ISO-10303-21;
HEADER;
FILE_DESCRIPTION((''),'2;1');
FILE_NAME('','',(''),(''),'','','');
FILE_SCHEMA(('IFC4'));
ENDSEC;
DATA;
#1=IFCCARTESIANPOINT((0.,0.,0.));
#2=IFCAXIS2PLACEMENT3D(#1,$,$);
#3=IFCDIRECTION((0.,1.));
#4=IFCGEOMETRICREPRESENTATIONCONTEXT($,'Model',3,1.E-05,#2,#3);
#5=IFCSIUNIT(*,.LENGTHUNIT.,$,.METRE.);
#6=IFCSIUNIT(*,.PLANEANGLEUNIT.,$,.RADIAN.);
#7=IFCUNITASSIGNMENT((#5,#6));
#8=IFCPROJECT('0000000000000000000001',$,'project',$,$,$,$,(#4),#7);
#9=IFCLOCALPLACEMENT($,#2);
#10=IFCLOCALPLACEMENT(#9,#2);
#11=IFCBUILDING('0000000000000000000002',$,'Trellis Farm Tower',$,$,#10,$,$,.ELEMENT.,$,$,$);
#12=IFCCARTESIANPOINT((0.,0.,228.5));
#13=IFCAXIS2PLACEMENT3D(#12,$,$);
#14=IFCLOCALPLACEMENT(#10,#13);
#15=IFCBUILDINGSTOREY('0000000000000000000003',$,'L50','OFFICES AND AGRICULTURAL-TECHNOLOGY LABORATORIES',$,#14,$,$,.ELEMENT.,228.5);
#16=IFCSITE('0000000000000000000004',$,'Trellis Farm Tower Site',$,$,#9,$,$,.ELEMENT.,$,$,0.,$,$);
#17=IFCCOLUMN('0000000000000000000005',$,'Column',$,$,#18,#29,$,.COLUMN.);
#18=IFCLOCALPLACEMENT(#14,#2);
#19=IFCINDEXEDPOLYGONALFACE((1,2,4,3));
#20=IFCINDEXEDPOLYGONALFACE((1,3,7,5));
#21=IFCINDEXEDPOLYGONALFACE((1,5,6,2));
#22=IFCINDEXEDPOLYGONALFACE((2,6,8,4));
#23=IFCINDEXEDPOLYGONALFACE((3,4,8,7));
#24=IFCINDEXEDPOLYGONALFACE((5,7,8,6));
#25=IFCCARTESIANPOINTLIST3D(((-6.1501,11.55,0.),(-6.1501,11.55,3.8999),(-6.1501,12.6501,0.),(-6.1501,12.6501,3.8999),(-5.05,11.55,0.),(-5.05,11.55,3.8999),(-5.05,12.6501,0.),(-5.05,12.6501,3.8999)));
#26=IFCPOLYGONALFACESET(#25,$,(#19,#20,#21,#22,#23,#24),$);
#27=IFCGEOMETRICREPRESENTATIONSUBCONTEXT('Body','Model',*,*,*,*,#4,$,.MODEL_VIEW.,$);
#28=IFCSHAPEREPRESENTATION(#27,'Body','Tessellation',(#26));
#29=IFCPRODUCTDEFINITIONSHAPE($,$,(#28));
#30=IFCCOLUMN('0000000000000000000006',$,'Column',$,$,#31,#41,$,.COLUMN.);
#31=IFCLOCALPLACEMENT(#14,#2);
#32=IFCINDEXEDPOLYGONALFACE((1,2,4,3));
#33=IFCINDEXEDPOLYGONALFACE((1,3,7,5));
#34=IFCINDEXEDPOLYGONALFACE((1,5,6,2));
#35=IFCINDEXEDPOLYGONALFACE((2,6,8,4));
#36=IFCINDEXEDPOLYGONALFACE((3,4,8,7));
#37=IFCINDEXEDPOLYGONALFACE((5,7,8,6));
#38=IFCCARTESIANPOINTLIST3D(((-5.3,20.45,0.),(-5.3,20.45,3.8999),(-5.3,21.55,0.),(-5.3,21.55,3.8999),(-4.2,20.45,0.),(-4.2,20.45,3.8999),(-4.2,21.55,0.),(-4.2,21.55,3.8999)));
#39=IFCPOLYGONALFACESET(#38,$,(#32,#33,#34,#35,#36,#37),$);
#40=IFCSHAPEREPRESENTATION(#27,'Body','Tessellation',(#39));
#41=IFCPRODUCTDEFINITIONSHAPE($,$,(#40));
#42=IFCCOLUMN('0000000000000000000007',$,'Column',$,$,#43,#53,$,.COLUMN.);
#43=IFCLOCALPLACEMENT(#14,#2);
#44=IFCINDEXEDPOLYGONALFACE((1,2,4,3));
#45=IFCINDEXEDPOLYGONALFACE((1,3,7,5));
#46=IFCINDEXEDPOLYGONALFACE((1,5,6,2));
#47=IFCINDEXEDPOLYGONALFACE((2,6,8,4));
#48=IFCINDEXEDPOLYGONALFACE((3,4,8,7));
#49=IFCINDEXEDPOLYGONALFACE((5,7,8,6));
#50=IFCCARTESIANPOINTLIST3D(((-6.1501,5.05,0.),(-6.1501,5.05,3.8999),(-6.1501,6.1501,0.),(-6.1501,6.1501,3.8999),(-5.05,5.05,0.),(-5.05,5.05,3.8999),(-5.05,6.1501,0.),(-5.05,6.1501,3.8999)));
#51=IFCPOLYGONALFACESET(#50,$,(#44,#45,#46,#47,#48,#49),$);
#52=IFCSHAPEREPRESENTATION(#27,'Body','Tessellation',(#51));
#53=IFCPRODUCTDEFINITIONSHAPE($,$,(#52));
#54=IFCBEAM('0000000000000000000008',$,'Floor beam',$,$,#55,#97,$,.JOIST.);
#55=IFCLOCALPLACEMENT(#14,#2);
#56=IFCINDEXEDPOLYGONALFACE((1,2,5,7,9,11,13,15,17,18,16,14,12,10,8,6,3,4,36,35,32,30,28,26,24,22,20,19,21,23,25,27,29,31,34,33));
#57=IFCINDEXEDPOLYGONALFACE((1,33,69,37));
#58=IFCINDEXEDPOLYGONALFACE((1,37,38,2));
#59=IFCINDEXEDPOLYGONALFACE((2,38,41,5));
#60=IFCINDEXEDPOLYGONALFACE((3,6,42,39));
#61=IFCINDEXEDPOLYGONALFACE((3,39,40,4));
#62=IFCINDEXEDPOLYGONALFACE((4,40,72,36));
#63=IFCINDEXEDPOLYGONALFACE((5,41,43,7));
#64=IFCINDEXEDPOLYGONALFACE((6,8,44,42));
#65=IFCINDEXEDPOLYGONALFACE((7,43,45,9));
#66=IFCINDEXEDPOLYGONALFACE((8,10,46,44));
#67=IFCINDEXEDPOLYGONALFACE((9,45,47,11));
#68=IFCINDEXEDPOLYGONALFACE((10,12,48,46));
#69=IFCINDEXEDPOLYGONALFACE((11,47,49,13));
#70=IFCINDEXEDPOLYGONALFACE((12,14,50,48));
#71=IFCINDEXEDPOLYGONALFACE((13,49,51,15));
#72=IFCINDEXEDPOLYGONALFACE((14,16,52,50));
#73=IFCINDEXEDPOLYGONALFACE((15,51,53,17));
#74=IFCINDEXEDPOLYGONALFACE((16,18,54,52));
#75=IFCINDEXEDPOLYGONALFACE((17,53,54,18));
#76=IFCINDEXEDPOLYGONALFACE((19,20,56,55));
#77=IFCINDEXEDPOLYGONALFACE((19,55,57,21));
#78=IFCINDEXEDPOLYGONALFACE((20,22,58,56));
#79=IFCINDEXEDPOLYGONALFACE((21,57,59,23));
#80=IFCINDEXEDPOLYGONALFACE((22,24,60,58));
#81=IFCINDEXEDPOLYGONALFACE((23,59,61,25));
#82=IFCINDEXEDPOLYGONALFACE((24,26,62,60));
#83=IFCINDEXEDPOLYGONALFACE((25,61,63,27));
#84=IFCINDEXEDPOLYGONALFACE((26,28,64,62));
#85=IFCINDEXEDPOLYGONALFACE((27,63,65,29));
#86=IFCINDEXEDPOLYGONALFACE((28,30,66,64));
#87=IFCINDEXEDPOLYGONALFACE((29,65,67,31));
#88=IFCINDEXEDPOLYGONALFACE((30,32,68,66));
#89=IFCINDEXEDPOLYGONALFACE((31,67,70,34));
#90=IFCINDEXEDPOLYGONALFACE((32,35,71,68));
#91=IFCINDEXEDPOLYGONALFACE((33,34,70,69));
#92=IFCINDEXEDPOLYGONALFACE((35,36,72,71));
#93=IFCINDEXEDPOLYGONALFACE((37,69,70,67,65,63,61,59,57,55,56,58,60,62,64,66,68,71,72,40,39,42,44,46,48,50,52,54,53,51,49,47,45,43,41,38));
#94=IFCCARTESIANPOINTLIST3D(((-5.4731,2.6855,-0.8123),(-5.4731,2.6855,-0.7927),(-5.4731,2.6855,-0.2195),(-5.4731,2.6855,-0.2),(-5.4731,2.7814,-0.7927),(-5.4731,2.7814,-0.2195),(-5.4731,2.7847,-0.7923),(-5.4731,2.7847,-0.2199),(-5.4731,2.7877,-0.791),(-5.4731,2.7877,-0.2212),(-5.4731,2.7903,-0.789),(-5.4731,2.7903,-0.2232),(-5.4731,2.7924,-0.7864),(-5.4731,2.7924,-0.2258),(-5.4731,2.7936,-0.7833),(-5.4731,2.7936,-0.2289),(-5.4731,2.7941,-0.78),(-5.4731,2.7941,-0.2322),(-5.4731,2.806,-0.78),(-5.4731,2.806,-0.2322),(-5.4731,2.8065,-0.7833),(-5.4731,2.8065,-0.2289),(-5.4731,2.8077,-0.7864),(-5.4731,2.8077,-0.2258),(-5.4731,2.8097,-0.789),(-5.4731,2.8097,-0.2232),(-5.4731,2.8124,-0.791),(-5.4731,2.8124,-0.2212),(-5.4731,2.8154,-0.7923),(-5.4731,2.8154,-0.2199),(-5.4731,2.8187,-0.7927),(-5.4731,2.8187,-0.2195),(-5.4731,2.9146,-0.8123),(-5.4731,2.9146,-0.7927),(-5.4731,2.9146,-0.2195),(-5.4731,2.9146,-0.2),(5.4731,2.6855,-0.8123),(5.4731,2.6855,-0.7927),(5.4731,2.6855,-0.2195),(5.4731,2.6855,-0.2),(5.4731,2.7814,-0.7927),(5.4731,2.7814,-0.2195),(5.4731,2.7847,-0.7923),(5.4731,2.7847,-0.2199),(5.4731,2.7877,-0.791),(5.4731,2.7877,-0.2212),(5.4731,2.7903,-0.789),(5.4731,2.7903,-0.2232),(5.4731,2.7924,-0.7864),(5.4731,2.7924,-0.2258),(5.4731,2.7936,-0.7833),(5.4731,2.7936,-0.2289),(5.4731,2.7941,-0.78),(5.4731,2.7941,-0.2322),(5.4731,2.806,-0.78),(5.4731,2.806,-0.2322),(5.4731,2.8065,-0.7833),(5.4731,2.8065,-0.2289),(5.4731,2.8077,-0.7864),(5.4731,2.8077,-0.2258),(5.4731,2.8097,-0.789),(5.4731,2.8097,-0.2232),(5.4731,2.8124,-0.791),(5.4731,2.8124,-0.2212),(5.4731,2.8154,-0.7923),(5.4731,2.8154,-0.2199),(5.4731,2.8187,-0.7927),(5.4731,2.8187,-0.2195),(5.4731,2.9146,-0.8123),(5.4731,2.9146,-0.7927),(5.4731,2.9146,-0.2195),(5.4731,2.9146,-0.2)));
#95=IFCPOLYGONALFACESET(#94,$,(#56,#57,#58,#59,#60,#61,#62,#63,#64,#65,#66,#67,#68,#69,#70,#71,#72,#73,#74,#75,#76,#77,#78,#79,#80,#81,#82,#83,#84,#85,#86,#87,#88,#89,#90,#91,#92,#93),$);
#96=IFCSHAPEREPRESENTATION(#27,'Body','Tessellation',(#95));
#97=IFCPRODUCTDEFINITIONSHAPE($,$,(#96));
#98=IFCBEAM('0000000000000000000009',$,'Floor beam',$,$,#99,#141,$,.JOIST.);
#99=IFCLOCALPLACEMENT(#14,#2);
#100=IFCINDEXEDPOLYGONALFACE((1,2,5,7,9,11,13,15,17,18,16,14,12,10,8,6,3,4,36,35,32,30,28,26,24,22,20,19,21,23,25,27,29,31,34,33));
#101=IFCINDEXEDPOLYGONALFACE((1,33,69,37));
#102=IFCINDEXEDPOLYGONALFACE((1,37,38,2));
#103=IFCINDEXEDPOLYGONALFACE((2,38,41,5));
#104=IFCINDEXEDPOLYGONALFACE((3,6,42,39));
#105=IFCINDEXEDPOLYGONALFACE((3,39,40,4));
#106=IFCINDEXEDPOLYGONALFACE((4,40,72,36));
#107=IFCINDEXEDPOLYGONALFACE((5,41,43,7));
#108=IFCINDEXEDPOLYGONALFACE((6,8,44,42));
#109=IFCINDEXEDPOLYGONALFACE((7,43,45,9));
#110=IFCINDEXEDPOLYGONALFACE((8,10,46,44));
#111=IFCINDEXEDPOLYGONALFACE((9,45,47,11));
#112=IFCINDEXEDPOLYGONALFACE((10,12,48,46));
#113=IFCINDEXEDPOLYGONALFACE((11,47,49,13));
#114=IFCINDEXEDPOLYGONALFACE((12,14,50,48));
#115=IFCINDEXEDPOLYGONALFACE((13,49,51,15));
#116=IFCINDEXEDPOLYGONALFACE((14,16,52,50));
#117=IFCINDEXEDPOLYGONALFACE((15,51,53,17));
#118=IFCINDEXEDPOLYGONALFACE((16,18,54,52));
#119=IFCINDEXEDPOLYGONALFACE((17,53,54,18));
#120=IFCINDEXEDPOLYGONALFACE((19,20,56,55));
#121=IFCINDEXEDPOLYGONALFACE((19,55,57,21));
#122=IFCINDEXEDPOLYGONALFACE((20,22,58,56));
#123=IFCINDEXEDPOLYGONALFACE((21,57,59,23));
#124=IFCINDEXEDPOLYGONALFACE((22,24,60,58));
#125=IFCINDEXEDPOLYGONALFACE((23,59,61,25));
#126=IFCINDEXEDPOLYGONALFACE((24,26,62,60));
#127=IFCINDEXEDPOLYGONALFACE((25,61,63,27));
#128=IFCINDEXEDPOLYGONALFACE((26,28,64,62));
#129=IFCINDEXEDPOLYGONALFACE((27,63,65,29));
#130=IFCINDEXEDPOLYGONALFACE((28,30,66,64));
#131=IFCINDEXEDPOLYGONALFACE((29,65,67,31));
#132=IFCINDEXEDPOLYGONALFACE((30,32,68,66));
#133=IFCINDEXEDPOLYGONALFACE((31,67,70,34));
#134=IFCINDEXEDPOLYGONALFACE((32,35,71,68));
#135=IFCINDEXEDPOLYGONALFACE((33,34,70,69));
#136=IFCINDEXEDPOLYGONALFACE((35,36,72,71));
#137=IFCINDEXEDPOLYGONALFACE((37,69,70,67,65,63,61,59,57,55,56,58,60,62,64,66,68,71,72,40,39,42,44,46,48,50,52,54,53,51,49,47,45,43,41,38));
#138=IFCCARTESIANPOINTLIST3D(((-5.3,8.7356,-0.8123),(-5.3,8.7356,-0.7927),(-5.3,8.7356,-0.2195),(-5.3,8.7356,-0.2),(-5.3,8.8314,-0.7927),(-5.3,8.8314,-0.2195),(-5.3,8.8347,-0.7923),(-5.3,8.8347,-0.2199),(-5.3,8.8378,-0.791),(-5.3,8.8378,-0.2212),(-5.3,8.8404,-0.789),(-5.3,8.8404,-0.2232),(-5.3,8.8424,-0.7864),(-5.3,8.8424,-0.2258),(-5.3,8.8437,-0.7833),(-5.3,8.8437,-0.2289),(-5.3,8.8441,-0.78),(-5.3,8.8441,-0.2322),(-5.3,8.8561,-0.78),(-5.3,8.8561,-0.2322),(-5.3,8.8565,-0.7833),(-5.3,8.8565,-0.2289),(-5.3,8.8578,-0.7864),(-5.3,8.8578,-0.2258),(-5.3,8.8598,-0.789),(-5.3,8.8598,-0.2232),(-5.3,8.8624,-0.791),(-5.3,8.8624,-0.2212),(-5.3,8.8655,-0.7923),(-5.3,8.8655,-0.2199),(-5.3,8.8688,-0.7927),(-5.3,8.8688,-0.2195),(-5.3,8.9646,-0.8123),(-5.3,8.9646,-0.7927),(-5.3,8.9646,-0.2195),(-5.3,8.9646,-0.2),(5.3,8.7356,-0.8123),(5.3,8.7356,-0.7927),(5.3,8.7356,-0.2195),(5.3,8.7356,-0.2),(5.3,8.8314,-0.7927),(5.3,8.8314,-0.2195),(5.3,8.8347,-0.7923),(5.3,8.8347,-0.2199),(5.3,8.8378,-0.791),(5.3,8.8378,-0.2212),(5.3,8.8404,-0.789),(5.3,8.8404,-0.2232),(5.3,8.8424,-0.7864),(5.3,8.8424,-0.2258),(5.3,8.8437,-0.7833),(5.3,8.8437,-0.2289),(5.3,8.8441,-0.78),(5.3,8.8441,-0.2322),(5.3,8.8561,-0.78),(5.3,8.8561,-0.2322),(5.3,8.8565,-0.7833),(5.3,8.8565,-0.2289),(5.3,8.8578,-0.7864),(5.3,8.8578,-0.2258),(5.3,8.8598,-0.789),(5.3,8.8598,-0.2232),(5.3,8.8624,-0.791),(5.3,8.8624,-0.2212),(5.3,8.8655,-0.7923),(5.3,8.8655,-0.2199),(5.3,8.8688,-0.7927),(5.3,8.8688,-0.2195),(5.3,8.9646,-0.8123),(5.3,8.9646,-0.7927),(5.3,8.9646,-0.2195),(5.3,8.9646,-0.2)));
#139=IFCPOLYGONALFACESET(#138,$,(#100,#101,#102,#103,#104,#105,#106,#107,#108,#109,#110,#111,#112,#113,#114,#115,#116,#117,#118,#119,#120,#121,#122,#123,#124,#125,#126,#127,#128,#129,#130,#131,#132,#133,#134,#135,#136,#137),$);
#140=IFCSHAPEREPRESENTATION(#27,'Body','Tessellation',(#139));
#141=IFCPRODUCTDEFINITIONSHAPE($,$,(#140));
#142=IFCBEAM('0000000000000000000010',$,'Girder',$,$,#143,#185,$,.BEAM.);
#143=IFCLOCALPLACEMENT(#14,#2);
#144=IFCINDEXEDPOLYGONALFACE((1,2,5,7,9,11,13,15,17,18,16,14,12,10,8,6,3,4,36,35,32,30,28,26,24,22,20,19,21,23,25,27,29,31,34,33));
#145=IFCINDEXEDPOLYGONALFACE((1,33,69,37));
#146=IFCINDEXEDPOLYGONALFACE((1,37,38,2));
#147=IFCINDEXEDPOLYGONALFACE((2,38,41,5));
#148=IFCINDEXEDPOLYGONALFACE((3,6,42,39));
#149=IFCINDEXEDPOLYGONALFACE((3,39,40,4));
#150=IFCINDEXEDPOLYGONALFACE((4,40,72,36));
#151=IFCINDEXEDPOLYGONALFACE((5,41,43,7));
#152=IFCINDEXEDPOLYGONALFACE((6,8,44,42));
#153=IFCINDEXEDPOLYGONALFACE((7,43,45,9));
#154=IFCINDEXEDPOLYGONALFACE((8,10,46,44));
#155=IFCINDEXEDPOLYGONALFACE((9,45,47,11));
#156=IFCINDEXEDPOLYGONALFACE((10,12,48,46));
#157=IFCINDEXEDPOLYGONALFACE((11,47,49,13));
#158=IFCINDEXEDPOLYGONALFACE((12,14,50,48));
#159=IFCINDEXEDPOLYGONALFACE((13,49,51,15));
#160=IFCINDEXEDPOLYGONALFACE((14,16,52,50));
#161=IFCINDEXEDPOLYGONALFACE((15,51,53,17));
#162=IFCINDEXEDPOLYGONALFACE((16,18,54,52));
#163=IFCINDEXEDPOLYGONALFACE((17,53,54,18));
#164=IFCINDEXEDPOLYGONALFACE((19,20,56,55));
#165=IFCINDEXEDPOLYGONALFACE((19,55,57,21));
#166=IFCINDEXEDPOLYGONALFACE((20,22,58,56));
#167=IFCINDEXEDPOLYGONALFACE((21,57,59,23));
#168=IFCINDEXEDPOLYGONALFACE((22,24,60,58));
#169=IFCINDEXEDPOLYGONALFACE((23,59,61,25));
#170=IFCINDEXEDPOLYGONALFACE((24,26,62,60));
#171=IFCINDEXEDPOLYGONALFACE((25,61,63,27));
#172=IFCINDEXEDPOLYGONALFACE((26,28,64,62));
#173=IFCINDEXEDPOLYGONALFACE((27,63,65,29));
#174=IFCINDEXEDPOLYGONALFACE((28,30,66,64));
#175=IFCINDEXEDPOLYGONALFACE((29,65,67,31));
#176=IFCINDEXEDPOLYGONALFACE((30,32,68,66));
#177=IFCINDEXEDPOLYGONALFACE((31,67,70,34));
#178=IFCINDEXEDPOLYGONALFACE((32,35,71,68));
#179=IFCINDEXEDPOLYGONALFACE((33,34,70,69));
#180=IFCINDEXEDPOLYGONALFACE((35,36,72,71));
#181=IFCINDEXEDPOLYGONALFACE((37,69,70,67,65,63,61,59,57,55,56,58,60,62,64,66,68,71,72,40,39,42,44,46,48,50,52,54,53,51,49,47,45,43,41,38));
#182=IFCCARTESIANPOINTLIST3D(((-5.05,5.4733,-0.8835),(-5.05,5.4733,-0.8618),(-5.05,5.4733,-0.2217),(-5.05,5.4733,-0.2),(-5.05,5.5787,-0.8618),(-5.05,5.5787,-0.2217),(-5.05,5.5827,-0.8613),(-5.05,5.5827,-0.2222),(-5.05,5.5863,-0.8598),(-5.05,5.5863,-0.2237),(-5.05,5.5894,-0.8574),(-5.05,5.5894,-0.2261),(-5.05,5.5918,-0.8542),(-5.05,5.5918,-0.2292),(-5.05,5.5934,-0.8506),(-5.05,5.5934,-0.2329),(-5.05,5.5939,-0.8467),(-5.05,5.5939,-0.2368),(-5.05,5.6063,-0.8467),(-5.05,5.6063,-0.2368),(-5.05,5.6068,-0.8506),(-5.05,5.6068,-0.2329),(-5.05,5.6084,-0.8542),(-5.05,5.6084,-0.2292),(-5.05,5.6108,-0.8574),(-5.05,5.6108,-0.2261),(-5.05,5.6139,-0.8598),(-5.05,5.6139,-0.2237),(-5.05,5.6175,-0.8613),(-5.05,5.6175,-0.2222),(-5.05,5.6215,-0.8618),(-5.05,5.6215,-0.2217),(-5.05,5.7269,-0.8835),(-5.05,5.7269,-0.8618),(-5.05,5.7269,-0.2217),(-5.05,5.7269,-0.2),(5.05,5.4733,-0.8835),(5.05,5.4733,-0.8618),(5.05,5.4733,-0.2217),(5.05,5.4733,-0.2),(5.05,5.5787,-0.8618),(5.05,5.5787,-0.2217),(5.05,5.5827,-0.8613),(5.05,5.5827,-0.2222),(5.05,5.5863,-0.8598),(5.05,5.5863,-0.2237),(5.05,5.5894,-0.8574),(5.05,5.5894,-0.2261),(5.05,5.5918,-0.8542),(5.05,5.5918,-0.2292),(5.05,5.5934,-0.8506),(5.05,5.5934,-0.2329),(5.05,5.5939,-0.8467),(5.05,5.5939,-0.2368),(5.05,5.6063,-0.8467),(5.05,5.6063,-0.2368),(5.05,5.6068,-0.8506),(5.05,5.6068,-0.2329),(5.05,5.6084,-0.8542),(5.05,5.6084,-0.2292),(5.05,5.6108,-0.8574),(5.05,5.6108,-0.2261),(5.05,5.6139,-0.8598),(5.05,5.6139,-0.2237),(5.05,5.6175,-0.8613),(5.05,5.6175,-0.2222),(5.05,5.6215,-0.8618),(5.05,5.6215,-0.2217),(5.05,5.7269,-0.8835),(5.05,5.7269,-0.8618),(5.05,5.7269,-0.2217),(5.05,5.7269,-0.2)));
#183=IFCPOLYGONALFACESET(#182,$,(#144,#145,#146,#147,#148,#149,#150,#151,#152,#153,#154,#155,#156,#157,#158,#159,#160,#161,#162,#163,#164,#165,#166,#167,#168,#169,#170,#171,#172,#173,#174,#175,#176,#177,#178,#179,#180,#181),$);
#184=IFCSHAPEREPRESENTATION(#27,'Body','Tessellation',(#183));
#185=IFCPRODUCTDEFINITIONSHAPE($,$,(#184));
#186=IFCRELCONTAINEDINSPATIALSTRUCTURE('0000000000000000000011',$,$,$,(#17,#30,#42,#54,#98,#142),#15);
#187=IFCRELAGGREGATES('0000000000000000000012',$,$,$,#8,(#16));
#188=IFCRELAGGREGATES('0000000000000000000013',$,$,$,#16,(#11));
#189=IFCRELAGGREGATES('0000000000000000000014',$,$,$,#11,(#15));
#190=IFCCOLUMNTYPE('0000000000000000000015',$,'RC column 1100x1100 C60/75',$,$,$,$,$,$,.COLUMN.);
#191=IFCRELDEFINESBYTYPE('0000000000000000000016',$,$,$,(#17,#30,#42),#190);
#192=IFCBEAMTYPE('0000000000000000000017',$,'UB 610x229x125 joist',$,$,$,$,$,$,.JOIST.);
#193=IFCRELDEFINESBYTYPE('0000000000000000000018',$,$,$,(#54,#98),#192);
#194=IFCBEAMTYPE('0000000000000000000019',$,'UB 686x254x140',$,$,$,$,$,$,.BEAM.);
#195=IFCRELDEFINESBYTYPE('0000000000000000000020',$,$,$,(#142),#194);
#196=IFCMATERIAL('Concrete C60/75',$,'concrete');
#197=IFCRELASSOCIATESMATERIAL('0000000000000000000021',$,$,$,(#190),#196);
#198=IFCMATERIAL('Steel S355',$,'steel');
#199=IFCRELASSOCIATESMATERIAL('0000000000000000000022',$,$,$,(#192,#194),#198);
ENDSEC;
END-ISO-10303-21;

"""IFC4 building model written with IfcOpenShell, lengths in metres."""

from ifc_helpers import new_model, si_unit, direction, frame, origin, origin_2d, place, context, subcontext, project, spatial, rectangle, i_section, extrude, source, transform, mapped, material, material_profile, profile_set, type_object, element, save


model = new_model("IFC4")

# Units and contexts
model_context = context("Model", 3, precision=1e-05, world=origin(), true_north=direction((0.0, 1.0)))
body_context = subcontext(model_context, "Body", "Model", "MODEL_VIEW")
ifc_project = project(units=[si_unit("LENGTHUNIT", "METRE"), si_unit("PLANEANGLEUNIT", "RADIAN")], contexts=[model_context])

# Site, building, storey
site_placement = place(None, origin())
site = spatial("IfcSite", under=ifc_project, at=site_placement, Name="Trellis Farm Tower Site", CompositionType="ELEMENT", RefElevation=0.0)
building_placement = place(site_placement, origin())
building = spatial("IfcBuilding", under=site, at=building_placement, Name="Trellis Farm Tower", CompositionType="ELEMENT")
storey_placement = place(building_placement, frame((0.0, 0.0, 228.5)))
storey = spatial("IfcBuildingStorey", under=building, at=storey_placement, Name="L50", Description="OFFICES AND AGRICULTURAL-TECHNOLOGY LABORATORIES", CompositionType="ELEMENT", Elevation=228.5)

# Columns
ifc_material_1 = material(Name="Concrete C60/75", Category="concrete")
ifc_material_profile_1 = material_profile(ifc_material_1, rectangle(XDim=1.1001, YDim=1.1001, at=origin_2d()), Name="RC column 1100x1100 C60/75")
ifc_profile_set_1 = profile_set([ifc_material_profile_1], Name="Concrete C60/75")
column_type = type_object("IfcColumnType", Name="RC column 1100x1100 C60/75", PredefinedType="COLUMN", material=ifc_profile_set_1)
shared_shape_1 = source(origin(), body_context, "Body", "SweptSolid", [
    extrude(rectangle(XDim=1.1001, YDim=1.1001, at=origin_2d()), origin(), (0.0, 0.0, 1.0), 3.8999),
])
for number, where, z_axis, x_axis, name in (
    (1, (-5.6001, 12.1001, 0.0), (0.0, 0.0, 1.0), (1.0, 0.0, 0.0), "Column"),
    (2, (-4.75, 21.0, 0.0), (0.0, 0.0, 1.0), (1.0, 0.0, 0.0), "Column"),
    (3, (-5.6001, 5.6001, 0.0), (0.0, 0.0, 1.0), (1.0, 0.0, 0.0), "Column"),
):
    element("IfcColumn", number, at=place(storey_placement, frame(where, z_axis=z_axis, x_axis=x_axis)), inside=storey, type_object=column_type, Name=name, PredefinedType="COLUMN", context=body_context, shape_type="MappedRepresentation", body=[
        mapped(shared_shape_1, transform((0.0, 0.0, 0.0))),
    ])

# Beams
ifc_material_2 = material(Name="Steel S355", Category="steel")
ifc_material_profile_2 = material_profile(ifc_material_2, i_section(OverallWidth=0.229, OverallDepth=0.6123, WebThickness=0.012, FlangeThickness=0.0195, FilletRadius=0.0127, at=origin_2d()), Name="UB 610x229x125")
ifc_profile_set_2 = profile_set([ifc_material_profile_2], Name="Steel S355")
beam_type_1 = type_object("IfcBeamType", Name="UB 610x229x125 joist", PredefinedType="JOIST", material=ifc_profile_set_2)
shared_shape_2 = source(origin(), body_context, "Body", "SweptSolid", [
    extrude(i_section(OverallWidth=0.229, OverallDepth=0.6123, WebThickness=0.012, FlangeThickness=0.0195, FilletRadius=0.0127, at=origin_2d()), origin(), (0.0, 0.0, 1.0), 10.9463),
])
beam_1_placement = place(storey_placement, frame((-5.4731, 2.8, -0.5061), z_axis=(1.0, 0.0, 0.0), x_axis=(0.0, 1.0, 0.0)))
element("IfcBeam", 4, at=beam_1_placement, inside=storey, type_object=beam_type_1, Name="Floor beam", PredefinedType="JOIST", context=body_context, shape_type="MappedRepresentation", body=[
    mapped(shared_shape_2, transform((0.0, 0.0, 0.0))),
])
shared_shape_3 = source(origin(), body_context, "Body", "SweptSolid", [
    extrude(i_section(OverallWidth=0.229, OverallDepth=0.6123, WebThickness=0.012, FlangeThickness=0.0195, FilletRadius=0.0127, at=origin_2d()), origin(), (0.0, 0.0, 1.0), 10.6001),
])
beam_2_placement = place(storey_placement, frame((-5.3, 8.8501, -0.5061), z_axis=(1.0, 0.0, 0.0), x_axis=(0.0, 1.0, 0.0)))
element("IfcBeam", 5, at=beam_2_placement, inside=storey, type_object=beam_type_1, Name="Floor beam", PredefinedType="JOIST", context=body_context, shape_type="MappedRepresentation", body=[
    mapped(shared_shape_3, transform((0.0, 0.0, 0.0))),
])
ifc_material_profile_3 = material_profile(ifc_material_2, i_section(OverallWidth=0.2537, OverallDepth=0.6836, WebThickness=0.0125, FlangeThickness=0.0217, FilletRadius=0.0151, at=origin_2d()), Name="UB 686x254x140")
ifc_profile_set_3 = profile_set([ifc_material_profile_3], Name="Steel S355")
beam_type_2 = type_object("IfcBeamType", Name="UB 686x254x140", PredefinedType="BEAM", material=ifc_profile_set_3)
shared_shape_4 = source(origin(), body_context, "Body", "SweptSolid", [
    extrude(i_section(OverallWidth=0.2537, OverallDepth=0.6836, WebThickness=0.0125, FlangeThickness=0.0217, FilletRadius=0.0151, at=origin_2d()), origin(), (0.0, 0.0, 1.0), 10.1001),
])
for number, where, z_axis, x_axis, name in (
    (6, (-5.05, 5.6001, -0.5417), (1.0, 0.0, 0.0), (0.0, 1.0, 0.0), "Girder"),
):
    element("IfcBeam", number, at=place(storey_placement, frame(where, z_axis=z_axis, x_axis=x_axis)), inside=storey, type_object=beam_type_2, Name=name, PredefinedType="BEAM", context=body_context, shape_type="MappedRepresentation", body=[
        mapped(shared_shape_4, transform((0.0, 0.0, 0.0))),
    ])

save(model, "model.ifc")
